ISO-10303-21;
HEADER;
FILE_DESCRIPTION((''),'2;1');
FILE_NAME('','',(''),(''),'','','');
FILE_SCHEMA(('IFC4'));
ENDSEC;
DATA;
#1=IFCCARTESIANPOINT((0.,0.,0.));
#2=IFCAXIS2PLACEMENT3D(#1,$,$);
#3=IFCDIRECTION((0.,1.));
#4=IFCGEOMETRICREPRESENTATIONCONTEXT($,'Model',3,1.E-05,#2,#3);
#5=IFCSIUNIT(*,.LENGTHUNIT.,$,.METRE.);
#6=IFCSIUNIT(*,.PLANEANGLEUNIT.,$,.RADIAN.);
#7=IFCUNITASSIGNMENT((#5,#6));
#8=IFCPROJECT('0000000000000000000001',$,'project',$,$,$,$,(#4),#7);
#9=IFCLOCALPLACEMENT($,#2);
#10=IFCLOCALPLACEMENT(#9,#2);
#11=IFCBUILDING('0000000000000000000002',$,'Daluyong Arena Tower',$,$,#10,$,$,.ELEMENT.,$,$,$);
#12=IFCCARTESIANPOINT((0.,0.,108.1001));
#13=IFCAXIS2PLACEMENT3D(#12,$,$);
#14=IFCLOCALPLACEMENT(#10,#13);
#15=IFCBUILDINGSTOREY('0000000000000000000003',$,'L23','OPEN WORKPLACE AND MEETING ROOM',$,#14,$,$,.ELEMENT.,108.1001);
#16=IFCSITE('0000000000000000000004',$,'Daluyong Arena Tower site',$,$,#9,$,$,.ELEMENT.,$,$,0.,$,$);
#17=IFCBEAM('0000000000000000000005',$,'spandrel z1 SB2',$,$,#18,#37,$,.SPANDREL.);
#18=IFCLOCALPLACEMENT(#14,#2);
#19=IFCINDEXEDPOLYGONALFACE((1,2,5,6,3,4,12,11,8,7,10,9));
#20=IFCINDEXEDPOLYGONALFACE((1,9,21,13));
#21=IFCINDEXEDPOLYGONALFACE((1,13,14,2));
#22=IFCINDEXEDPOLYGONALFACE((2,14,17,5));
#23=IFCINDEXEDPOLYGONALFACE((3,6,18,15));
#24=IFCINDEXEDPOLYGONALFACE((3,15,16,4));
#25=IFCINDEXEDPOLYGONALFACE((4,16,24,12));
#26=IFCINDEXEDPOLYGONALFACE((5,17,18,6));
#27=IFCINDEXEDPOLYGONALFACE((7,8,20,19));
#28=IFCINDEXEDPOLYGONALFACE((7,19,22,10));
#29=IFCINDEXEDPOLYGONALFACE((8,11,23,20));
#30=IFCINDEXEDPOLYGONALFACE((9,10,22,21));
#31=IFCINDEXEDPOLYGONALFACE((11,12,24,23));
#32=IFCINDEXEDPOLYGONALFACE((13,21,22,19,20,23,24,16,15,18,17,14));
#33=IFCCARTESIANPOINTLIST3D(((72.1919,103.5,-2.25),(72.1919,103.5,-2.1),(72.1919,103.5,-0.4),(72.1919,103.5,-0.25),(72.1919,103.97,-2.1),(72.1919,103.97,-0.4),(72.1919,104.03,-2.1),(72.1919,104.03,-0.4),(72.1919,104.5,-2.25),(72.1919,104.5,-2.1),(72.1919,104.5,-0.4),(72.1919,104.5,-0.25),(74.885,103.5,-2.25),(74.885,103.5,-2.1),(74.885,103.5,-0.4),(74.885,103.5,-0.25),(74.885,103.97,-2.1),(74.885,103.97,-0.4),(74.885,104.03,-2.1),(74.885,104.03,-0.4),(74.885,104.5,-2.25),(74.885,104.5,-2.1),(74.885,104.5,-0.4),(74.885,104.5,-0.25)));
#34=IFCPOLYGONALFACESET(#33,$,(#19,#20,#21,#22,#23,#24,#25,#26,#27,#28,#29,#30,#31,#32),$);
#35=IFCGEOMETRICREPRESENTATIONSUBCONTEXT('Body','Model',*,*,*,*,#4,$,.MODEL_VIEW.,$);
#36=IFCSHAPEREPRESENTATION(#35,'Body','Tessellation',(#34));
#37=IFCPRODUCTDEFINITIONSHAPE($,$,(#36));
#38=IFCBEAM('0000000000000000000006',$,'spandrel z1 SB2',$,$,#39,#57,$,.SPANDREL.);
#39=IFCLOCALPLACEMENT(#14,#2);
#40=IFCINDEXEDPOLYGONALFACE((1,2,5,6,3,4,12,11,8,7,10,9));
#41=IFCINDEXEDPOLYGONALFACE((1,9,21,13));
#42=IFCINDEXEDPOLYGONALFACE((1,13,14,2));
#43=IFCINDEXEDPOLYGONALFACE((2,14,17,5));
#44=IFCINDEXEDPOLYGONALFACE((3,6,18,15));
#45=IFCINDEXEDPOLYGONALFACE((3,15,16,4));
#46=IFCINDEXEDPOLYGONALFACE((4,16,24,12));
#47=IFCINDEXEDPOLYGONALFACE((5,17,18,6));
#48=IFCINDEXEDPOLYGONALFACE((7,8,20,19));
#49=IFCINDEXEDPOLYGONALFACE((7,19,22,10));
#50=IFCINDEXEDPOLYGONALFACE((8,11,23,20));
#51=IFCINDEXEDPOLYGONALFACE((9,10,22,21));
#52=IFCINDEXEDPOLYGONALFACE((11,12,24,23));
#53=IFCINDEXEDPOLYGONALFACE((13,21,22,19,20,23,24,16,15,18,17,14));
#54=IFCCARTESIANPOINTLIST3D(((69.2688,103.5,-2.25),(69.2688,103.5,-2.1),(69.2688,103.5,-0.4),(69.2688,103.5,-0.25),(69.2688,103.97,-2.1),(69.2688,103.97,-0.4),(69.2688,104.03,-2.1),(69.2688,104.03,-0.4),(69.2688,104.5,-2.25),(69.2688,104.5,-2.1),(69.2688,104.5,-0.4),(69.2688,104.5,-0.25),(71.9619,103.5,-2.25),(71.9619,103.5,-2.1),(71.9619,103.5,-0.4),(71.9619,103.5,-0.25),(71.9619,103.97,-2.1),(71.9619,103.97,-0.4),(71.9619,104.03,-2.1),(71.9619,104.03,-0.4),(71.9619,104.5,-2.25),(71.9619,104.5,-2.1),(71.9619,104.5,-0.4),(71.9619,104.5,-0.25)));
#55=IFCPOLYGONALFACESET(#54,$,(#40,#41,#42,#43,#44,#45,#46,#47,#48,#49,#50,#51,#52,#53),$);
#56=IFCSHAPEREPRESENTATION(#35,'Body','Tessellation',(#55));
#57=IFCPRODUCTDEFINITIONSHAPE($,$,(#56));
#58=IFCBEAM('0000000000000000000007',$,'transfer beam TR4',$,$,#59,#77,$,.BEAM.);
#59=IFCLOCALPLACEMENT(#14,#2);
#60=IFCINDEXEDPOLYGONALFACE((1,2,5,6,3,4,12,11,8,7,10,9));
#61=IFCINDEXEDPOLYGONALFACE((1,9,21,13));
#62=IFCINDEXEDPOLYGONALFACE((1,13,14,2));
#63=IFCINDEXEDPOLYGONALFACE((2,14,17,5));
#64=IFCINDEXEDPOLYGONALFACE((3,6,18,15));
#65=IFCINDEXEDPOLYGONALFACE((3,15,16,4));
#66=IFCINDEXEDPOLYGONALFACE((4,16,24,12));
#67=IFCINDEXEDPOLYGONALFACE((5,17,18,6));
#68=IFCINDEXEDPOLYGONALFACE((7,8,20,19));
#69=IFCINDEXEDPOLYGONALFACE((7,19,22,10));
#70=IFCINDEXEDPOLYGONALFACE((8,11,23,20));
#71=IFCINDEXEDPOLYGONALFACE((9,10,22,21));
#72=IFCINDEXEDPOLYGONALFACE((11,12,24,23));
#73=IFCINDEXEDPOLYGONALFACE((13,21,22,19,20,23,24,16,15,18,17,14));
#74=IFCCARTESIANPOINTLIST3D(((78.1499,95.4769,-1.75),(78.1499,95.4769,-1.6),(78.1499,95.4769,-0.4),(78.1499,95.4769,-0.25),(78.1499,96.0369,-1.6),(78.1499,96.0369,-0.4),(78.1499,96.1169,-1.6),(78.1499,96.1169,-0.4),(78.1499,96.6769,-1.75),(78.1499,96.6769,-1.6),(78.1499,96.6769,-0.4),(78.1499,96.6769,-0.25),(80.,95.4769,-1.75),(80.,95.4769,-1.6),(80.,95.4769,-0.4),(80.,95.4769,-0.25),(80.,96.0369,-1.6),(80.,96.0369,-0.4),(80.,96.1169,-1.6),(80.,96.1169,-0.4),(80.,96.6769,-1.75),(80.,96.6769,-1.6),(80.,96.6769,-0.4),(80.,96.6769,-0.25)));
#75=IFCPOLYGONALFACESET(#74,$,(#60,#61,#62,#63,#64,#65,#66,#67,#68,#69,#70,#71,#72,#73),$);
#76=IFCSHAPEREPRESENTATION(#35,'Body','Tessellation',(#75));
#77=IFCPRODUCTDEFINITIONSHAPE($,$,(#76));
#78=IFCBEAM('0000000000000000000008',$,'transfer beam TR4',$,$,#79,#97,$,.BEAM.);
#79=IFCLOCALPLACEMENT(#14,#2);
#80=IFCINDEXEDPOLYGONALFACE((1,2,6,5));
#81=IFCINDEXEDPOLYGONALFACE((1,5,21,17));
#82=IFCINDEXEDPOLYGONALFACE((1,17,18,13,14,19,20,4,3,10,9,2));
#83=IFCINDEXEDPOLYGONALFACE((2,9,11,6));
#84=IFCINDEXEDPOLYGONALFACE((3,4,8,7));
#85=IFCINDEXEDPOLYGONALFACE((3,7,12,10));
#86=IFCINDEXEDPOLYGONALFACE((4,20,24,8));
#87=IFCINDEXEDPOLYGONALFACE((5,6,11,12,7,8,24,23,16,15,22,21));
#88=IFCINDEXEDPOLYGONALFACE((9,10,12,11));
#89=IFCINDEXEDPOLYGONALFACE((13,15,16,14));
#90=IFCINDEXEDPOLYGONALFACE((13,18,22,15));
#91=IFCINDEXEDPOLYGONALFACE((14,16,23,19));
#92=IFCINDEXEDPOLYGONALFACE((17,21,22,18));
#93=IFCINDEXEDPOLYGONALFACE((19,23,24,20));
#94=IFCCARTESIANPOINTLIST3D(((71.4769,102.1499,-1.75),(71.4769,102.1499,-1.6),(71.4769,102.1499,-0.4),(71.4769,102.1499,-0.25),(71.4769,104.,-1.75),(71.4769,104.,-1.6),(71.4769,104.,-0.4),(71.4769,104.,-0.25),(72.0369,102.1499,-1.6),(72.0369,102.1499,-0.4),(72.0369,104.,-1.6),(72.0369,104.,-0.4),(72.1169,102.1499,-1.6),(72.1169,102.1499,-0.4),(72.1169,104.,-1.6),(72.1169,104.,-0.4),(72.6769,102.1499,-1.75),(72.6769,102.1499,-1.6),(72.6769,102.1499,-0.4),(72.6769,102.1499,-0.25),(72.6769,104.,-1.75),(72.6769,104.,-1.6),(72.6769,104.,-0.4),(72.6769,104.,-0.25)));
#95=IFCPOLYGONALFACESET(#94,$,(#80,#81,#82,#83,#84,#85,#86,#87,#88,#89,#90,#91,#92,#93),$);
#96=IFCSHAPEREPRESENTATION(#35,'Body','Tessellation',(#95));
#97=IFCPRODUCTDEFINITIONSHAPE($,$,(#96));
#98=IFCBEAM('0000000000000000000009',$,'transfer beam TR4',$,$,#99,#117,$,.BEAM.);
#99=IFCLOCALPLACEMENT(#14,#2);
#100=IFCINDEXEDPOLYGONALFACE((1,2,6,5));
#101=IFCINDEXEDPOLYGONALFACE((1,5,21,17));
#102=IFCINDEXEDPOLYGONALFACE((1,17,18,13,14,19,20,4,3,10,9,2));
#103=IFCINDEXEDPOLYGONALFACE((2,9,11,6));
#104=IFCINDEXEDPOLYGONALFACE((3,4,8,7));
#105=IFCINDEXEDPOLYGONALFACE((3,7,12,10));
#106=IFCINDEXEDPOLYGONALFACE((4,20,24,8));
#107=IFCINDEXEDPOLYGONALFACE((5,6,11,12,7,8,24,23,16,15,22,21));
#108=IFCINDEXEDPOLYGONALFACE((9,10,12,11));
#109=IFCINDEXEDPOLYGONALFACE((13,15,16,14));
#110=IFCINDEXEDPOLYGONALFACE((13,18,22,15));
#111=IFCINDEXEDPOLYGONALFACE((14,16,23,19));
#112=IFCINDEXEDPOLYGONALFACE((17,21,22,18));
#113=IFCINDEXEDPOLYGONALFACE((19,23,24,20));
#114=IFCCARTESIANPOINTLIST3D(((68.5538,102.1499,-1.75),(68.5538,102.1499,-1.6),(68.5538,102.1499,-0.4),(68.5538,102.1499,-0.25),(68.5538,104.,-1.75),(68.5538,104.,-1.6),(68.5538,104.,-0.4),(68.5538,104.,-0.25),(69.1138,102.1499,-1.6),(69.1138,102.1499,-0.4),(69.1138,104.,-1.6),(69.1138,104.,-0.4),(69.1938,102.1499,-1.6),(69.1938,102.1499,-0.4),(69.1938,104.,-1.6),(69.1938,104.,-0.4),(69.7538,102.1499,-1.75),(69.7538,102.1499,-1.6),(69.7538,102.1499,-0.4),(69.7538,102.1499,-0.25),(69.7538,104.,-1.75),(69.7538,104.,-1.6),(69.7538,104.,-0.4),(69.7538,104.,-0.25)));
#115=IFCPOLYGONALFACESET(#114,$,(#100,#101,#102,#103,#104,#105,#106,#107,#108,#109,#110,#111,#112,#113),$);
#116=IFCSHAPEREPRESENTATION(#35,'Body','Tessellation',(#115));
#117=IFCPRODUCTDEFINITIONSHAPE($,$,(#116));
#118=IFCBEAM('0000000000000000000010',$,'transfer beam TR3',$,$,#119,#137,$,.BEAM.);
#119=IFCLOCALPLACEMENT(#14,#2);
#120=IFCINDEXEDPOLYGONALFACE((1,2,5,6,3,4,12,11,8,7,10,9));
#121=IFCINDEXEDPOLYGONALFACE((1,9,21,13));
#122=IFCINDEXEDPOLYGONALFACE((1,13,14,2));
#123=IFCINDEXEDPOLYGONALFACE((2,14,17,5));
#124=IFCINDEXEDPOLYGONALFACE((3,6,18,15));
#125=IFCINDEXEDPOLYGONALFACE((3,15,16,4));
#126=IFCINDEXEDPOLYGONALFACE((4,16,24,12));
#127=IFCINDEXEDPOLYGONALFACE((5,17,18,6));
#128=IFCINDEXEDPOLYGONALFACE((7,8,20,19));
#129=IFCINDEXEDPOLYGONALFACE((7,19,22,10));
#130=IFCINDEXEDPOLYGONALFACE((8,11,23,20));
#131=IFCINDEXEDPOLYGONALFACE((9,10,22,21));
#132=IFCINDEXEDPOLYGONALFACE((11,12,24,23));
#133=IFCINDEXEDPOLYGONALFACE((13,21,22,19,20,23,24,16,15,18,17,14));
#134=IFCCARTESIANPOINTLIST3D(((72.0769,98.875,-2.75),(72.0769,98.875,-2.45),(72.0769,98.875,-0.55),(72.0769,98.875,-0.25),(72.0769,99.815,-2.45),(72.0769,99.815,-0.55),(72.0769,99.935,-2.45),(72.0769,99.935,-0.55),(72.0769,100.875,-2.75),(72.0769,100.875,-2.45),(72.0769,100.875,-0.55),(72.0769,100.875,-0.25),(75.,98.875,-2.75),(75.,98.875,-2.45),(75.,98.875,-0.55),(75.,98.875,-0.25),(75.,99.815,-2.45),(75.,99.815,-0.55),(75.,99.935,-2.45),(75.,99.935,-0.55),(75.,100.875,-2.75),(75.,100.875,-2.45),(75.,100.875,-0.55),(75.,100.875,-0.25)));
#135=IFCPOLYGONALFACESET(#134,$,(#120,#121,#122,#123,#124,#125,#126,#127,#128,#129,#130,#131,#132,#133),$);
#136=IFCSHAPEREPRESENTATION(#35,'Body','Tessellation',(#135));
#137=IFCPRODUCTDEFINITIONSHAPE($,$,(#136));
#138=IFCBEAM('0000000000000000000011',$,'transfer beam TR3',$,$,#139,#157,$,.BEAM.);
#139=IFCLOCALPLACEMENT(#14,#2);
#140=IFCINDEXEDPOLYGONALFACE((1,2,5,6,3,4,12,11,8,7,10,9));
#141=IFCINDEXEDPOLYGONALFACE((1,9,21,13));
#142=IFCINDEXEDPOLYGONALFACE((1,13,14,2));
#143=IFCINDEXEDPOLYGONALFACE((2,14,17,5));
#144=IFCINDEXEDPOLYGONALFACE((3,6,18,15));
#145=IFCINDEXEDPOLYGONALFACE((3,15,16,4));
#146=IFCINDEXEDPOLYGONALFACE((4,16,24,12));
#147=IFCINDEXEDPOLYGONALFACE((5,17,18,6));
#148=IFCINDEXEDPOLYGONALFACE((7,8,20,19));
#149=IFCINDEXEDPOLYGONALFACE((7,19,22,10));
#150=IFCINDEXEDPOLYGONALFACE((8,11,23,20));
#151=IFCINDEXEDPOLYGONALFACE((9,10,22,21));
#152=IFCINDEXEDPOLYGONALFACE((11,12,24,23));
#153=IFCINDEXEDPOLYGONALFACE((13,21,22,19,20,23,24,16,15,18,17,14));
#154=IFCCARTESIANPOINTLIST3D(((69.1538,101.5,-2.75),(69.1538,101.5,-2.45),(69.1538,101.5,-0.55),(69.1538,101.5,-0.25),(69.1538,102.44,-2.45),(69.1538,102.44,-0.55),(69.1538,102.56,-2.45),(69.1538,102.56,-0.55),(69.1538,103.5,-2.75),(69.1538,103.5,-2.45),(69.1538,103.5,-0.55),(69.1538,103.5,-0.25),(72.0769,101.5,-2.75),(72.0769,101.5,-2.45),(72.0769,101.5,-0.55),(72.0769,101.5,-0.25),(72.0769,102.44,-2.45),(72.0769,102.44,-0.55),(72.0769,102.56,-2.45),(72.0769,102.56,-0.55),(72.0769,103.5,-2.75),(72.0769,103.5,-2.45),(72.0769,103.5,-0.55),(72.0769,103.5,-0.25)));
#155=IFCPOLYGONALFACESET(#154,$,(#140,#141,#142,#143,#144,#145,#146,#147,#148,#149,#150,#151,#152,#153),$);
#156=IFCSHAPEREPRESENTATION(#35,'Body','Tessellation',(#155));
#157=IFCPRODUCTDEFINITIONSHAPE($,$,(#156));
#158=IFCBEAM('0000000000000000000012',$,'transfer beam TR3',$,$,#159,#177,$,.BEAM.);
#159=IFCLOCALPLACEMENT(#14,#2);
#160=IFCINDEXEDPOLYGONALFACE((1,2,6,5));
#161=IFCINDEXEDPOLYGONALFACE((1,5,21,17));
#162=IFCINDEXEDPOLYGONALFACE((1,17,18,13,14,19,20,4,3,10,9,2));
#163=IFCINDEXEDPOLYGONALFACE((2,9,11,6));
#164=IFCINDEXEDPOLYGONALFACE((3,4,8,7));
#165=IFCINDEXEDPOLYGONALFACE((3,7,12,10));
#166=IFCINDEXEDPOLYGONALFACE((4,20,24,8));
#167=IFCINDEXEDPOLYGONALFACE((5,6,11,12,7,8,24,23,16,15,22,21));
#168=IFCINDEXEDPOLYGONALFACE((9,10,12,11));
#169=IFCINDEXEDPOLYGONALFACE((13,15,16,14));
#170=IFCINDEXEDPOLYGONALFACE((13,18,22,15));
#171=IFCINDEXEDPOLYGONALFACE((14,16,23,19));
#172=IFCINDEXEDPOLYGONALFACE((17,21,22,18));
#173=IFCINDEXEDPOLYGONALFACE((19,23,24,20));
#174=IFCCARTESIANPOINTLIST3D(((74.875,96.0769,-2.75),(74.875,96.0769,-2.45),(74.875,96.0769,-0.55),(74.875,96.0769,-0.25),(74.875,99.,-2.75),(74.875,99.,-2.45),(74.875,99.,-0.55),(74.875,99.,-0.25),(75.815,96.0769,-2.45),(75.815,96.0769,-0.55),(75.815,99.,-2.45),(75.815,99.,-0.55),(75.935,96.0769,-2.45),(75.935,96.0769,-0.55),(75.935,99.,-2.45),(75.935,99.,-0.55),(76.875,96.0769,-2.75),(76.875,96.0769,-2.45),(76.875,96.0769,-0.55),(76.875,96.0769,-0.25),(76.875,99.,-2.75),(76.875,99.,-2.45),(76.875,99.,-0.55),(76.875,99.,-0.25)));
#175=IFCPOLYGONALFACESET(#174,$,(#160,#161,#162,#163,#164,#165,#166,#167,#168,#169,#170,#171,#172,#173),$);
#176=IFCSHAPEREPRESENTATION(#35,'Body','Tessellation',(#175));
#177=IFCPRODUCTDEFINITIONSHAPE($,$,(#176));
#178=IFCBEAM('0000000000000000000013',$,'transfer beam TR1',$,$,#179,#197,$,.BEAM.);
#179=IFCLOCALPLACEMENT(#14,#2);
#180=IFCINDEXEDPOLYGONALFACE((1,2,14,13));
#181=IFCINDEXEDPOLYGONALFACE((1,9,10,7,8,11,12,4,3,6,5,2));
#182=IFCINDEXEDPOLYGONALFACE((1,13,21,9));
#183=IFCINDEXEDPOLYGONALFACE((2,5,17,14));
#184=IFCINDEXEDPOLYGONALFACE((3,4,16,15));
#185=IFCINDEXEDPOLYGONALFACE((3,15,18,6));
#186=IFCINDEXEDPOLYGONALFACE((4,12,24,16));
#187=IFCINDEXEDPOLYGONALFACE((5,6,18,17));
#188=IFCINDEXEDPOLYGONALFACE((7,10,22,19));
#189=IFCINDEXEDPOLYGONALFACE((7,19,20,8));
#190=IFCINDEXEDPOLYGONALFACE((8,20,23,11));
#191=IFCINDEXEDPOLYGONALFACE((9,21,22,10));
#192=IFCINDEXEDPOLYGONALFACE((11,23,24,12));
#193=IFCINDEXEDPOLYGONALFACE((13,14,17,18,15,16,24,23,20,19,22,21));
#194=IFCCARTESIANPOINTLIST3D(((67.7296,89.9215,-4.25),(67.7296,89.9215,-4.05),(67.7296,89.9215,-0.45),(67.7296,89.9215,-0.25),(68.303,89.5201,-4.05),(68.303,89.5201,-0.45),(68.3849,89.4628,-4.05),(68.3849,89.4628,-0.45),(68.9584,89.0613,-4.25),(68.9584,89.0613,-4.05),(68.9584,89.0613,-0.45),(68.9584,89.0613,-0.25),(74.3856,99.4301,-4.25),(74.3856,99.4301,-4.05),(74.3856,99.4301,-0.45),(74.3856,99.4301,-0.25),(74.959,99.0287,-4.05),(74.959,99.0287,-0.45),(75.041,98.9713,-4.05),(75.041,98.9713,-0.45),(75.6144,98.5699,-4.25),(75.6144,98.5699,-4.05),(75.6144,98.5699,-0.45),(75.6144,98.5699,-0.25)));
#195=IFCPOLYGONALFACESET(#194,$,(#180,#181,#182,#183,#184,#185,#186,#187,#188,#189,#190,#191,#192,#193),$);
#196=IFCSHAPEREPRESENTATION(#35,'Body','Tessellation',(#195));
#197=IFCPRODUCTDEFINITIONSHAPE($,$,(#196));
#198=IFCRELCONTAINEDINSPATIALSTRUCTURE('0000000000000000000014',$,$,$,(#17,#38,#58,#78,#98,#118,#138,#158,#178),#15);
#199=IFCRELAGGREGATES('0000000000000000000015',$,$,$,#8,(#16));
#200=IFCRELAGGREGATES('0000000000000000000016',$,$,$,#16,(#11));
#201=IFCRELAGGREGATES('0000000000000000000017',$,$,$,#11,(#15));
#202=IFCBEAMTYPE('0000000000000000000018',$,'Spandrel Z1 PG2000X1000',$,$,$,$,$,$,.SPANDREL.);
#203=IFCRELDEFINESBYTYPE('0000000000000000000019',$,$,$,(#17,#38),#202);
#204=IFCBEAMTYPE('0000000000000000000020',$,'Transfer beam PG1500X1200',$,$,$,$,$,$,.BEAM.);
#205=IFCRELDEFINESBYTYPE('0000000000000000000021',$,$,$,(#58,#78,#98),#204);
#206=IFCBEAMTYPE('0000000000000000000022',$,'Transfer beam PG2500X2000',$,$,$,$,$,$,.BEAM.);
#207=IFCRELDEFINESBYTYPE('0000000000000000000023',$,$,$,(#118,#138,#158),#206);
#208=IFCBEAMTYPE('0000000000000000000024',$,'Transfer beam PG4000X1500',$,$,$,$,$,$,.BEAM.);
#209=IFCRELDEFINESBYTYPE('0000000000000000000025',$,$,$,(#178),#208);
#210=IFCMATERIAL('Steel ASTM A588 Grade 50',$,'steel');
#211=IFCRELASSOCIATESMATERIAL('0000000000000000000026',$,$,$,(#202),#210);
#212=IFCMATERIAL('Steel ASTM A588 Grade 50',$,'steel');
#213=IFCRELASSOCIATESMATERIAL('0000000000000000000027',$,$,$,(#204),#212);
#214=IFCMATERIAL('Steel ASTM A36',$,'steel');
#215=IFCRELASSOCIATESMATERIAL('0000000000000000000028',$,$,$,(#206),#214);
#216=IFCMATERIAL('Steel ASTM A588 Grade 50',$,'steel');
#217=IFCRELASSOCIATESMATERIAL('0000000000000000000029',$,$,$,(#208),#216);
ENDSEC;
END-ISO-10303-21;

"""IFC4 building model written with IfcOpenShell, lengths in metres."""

from ifc_helpers import new_model, si_unit, direction, frame, origin, origin_2d, place, context, subcontext, project, spatial, i_section, extrude, material, material_profile, profile_set, type_object, element, save


model = new_model("IFC4")

# Units and contexts
model_context = context("Model", 3, precision=1e-05, world=origin(), true_north=direction((0.0, 1.0)))
body_context = subcontext(model_context, "Body", "Model", "MODEL_VIEW")
ifc_project = project(units=[si_unit("LENGTHUNIT", "METRE"), si_unit("PLANEANGLEUNIT", "RADIAN")], contexts=[model_context])

# Site, building, storey
site_placement = place(None, origin())
site = spatial("IfcSite", under=ifc_project, at=site_placement, Name="Daluyong Arena Tower site", CompositionType="ELEMENT", RefElevation=0.0)
building_placement = place(site_placement, origin())
building = spatial("IfcBuilding", under=site, at=building_placement, Name="Daluyong Arena Tower", CompositionType="ELEMENT")
storey_placement = place(building_placement, frame((0.0, 0.0, 108.1001)))
storey = spatial("IfcBuildingStorey", under=building, at=storey_placement, Name="L23", Description="OPEN WORKPLACE AND MEETING ROOM", CompositionType="ELEMENT", Elevation=108.1001)

# Beams
ifc_material_1 = material(Name="Steel ASTM A588 Grade 50", Category="steel")
ifc_material_profile_1 = material_profile(ifc_material_1, i_section(OverallWidth=1.0, OverallDepth=2.0, WebThickness=0.06, FlangeThickness=0.15, at=origin_2d()))
ifc_profile_set_1 = profile_set([ifc_material_profile_1], Name="Steel ASTM A588 Grade 50")
beam_type_1 = type_object("IfcBeamType", Name="Spandrel Z1 PG2000X1000", PredefinedType="SPANDREL", material=ifc_profile_set_1)
for number, where, z_axis, x_axis, name in (
    (1, (74.885, 104.0, -1.25), (-1.0, 0.0, 0.0), (0.0, -1.0, 0.0), "spandrel z1 SB2"),
    (2, (71.9619, 104.0, -1.25), (-1.0, 0.0, 0.0), (0.0, -1.0, 0.0), "spandrel z1 SB2"),
):
    element("IfcBeam", number, at=place(storey_placement, frame(where, z_axis=z_axis, x_axis=x_axis)), inside=storey, type_object=beam_type_1, Name=name, PredefinedType="SPANDREL", context=body_context, shape_type="SweptSolid", body=[
        extrude(i_section(OverallWidth=1.0, OverallDepth=2.0, WebThickness=0.06, FlangeThickness=0.15, at=origin_2d()), origin(), (0.0, 0.0, 1.0), 2.6931),
    ])
ifc_material_2 = material(Name="Steel ASTM A588 Grade 50", Category="steel")
ifc_material_profile_2 = material_profile(ifc_material_2, i_section(OverallWidth=1.2, OverallDepth=1.5, WebThickness=0.08, FlangeThickness=0.15, at=origin_2d()))
ifc_profile_set_2 = profile_set([ifc_material_profile_2], Name="Steel ASTM A588 Grade 50")
beam_type_2 = type_object("IfcBeamType", Name="Transfer beam PG1500X1200", PredefinedType="BEAM", material=ifc_profile_set_2)
for number, where, z_axis, x_axis, name in (
    (3, (80.0, 96.0769, -1.0), (-1.0, 0.0, 0.0), (0.0, -1.0, 0.0), "transfer beam TR4"),
    (4, (72.0769, 104.0, -1.0), (0.0, -1.0, 0.0), (1.0, 0.0, 0.0), "transfer beam TR4"),
    (5, (69.1538, 104.0, -1.0), (0.0, -1.0, 0.0), (1.0, 0.0, 0.0), "transfer beam TR4"),
):
    element("IfcBeam", number, at=place(storey_placement, frame(where, z_axis=z_axis, x_axis=x_axis)), inside=storey, type_object=beam_type_2, Name=name, PredefinedType="BEAM", context=body_context, shape_type="SweptSolid", body=[
        extrude(i_section(OverallWidth=1.2, OverallDepth=1.5, WebThickness=0.08, FlangeThickness=0.15, at=origin_2d()), origin(), (0.0, 0.0, 1.0), 1.8501),
    ])
ifc_material_3 = material(Name="Steel ASTM A36", Category="steel")
ifc_material_profile_3 = material_profile(ifc_material_3, i_section(OverallWidth=2.0, OverallDepth=2.5, WebThickness=0.12, FlangeThickness=0.3, at=origin_2d()))
ifc_profile_set_3 = profile_set([ifc_material_profile_3], Name="Steel ASTM A36")
beam_type_3 = type_object("IfcBeamType", Name="Transfer beam PG2500X2000", PredefinedType="BEAM", material=ifc_profile_set_3)
for number, where, z_axis, x_axis, name in (
    (6, (72.0769, 99.875, -1.5), (1.0, 0.0, 0.0), (0.0, 1.0, 0.0), "transfer beam TR3"),
    (7, (69.1538, 102.5, -1.5), (1.0, 0.0, 0.0), (0.0, 1.0, 0.0), "transfer beam TR3"),
    (8, (75.875, 96.0769, -1.5), (0.0, 1.0, 0.0), (-1.0, 0.0, 0.0), "transfer beam TR3"),
):
    element("IfcBeam", number, at=place(storey_placement, frame(where, z_axis=z_axis, x_axis=x_axis)), inside=storey, type_object=beam_type_3, Name=name, PredefinedType="BEAM", context=body_context, shape_type="SweptSolid", body=[
        extrude(i_section(OverallWidth=2.0, OverallDepth=2.5, WebThickness=0.12, FlangeThickness=0.3, at=origin_2d()), origin(), (0.0, 0.0, 1.0), 2.9231),
    ])
ifc_material_4 = material(Name="Steel ASTM A588 Grade 50", Category="steel")
ifc_material_profile_4 = material_profile(ifc_material_4, i_section(OverallWidth=1.5, OverallDepth=4.0, WebThickness=0.1, FlangeThickness=0.2, at=origin_2d()))
ifc_profile_set_4 = profile_set([ifc_material_profile_4], Name="Steel ASTM A588 Grade 50")
beam_type_4 = type_object("IfcBeamType", Name="Transfer beam PG4000X1500", PredefinedType="BEAM", material=ifc_profile_set_4)
beam_1_placement = place(storey_placement, frame((75.0, 99.0, -2.25), z_axis=(-0.573464, -0.819231, 0.0), x_axis=(0.819231, -0.573464, 0.0)))
element("IfcBeam", 9, at=beam_1_placement, inside=storey, type_object=beam_type_4, Name="transfer beam TR1", PredefinedType="BEAM", context=body_context, shape_type="SweptSolid", body=[
    extrude(i_section(OverallWidth=1.5, OverallDepth=4.0, WebThickness=0.1, FlangeThickness=0.2, at=origin_2d()), origin(), (0.0, 0.0, 1.0), 11.6067),
])

save(model, "model.ifc")
